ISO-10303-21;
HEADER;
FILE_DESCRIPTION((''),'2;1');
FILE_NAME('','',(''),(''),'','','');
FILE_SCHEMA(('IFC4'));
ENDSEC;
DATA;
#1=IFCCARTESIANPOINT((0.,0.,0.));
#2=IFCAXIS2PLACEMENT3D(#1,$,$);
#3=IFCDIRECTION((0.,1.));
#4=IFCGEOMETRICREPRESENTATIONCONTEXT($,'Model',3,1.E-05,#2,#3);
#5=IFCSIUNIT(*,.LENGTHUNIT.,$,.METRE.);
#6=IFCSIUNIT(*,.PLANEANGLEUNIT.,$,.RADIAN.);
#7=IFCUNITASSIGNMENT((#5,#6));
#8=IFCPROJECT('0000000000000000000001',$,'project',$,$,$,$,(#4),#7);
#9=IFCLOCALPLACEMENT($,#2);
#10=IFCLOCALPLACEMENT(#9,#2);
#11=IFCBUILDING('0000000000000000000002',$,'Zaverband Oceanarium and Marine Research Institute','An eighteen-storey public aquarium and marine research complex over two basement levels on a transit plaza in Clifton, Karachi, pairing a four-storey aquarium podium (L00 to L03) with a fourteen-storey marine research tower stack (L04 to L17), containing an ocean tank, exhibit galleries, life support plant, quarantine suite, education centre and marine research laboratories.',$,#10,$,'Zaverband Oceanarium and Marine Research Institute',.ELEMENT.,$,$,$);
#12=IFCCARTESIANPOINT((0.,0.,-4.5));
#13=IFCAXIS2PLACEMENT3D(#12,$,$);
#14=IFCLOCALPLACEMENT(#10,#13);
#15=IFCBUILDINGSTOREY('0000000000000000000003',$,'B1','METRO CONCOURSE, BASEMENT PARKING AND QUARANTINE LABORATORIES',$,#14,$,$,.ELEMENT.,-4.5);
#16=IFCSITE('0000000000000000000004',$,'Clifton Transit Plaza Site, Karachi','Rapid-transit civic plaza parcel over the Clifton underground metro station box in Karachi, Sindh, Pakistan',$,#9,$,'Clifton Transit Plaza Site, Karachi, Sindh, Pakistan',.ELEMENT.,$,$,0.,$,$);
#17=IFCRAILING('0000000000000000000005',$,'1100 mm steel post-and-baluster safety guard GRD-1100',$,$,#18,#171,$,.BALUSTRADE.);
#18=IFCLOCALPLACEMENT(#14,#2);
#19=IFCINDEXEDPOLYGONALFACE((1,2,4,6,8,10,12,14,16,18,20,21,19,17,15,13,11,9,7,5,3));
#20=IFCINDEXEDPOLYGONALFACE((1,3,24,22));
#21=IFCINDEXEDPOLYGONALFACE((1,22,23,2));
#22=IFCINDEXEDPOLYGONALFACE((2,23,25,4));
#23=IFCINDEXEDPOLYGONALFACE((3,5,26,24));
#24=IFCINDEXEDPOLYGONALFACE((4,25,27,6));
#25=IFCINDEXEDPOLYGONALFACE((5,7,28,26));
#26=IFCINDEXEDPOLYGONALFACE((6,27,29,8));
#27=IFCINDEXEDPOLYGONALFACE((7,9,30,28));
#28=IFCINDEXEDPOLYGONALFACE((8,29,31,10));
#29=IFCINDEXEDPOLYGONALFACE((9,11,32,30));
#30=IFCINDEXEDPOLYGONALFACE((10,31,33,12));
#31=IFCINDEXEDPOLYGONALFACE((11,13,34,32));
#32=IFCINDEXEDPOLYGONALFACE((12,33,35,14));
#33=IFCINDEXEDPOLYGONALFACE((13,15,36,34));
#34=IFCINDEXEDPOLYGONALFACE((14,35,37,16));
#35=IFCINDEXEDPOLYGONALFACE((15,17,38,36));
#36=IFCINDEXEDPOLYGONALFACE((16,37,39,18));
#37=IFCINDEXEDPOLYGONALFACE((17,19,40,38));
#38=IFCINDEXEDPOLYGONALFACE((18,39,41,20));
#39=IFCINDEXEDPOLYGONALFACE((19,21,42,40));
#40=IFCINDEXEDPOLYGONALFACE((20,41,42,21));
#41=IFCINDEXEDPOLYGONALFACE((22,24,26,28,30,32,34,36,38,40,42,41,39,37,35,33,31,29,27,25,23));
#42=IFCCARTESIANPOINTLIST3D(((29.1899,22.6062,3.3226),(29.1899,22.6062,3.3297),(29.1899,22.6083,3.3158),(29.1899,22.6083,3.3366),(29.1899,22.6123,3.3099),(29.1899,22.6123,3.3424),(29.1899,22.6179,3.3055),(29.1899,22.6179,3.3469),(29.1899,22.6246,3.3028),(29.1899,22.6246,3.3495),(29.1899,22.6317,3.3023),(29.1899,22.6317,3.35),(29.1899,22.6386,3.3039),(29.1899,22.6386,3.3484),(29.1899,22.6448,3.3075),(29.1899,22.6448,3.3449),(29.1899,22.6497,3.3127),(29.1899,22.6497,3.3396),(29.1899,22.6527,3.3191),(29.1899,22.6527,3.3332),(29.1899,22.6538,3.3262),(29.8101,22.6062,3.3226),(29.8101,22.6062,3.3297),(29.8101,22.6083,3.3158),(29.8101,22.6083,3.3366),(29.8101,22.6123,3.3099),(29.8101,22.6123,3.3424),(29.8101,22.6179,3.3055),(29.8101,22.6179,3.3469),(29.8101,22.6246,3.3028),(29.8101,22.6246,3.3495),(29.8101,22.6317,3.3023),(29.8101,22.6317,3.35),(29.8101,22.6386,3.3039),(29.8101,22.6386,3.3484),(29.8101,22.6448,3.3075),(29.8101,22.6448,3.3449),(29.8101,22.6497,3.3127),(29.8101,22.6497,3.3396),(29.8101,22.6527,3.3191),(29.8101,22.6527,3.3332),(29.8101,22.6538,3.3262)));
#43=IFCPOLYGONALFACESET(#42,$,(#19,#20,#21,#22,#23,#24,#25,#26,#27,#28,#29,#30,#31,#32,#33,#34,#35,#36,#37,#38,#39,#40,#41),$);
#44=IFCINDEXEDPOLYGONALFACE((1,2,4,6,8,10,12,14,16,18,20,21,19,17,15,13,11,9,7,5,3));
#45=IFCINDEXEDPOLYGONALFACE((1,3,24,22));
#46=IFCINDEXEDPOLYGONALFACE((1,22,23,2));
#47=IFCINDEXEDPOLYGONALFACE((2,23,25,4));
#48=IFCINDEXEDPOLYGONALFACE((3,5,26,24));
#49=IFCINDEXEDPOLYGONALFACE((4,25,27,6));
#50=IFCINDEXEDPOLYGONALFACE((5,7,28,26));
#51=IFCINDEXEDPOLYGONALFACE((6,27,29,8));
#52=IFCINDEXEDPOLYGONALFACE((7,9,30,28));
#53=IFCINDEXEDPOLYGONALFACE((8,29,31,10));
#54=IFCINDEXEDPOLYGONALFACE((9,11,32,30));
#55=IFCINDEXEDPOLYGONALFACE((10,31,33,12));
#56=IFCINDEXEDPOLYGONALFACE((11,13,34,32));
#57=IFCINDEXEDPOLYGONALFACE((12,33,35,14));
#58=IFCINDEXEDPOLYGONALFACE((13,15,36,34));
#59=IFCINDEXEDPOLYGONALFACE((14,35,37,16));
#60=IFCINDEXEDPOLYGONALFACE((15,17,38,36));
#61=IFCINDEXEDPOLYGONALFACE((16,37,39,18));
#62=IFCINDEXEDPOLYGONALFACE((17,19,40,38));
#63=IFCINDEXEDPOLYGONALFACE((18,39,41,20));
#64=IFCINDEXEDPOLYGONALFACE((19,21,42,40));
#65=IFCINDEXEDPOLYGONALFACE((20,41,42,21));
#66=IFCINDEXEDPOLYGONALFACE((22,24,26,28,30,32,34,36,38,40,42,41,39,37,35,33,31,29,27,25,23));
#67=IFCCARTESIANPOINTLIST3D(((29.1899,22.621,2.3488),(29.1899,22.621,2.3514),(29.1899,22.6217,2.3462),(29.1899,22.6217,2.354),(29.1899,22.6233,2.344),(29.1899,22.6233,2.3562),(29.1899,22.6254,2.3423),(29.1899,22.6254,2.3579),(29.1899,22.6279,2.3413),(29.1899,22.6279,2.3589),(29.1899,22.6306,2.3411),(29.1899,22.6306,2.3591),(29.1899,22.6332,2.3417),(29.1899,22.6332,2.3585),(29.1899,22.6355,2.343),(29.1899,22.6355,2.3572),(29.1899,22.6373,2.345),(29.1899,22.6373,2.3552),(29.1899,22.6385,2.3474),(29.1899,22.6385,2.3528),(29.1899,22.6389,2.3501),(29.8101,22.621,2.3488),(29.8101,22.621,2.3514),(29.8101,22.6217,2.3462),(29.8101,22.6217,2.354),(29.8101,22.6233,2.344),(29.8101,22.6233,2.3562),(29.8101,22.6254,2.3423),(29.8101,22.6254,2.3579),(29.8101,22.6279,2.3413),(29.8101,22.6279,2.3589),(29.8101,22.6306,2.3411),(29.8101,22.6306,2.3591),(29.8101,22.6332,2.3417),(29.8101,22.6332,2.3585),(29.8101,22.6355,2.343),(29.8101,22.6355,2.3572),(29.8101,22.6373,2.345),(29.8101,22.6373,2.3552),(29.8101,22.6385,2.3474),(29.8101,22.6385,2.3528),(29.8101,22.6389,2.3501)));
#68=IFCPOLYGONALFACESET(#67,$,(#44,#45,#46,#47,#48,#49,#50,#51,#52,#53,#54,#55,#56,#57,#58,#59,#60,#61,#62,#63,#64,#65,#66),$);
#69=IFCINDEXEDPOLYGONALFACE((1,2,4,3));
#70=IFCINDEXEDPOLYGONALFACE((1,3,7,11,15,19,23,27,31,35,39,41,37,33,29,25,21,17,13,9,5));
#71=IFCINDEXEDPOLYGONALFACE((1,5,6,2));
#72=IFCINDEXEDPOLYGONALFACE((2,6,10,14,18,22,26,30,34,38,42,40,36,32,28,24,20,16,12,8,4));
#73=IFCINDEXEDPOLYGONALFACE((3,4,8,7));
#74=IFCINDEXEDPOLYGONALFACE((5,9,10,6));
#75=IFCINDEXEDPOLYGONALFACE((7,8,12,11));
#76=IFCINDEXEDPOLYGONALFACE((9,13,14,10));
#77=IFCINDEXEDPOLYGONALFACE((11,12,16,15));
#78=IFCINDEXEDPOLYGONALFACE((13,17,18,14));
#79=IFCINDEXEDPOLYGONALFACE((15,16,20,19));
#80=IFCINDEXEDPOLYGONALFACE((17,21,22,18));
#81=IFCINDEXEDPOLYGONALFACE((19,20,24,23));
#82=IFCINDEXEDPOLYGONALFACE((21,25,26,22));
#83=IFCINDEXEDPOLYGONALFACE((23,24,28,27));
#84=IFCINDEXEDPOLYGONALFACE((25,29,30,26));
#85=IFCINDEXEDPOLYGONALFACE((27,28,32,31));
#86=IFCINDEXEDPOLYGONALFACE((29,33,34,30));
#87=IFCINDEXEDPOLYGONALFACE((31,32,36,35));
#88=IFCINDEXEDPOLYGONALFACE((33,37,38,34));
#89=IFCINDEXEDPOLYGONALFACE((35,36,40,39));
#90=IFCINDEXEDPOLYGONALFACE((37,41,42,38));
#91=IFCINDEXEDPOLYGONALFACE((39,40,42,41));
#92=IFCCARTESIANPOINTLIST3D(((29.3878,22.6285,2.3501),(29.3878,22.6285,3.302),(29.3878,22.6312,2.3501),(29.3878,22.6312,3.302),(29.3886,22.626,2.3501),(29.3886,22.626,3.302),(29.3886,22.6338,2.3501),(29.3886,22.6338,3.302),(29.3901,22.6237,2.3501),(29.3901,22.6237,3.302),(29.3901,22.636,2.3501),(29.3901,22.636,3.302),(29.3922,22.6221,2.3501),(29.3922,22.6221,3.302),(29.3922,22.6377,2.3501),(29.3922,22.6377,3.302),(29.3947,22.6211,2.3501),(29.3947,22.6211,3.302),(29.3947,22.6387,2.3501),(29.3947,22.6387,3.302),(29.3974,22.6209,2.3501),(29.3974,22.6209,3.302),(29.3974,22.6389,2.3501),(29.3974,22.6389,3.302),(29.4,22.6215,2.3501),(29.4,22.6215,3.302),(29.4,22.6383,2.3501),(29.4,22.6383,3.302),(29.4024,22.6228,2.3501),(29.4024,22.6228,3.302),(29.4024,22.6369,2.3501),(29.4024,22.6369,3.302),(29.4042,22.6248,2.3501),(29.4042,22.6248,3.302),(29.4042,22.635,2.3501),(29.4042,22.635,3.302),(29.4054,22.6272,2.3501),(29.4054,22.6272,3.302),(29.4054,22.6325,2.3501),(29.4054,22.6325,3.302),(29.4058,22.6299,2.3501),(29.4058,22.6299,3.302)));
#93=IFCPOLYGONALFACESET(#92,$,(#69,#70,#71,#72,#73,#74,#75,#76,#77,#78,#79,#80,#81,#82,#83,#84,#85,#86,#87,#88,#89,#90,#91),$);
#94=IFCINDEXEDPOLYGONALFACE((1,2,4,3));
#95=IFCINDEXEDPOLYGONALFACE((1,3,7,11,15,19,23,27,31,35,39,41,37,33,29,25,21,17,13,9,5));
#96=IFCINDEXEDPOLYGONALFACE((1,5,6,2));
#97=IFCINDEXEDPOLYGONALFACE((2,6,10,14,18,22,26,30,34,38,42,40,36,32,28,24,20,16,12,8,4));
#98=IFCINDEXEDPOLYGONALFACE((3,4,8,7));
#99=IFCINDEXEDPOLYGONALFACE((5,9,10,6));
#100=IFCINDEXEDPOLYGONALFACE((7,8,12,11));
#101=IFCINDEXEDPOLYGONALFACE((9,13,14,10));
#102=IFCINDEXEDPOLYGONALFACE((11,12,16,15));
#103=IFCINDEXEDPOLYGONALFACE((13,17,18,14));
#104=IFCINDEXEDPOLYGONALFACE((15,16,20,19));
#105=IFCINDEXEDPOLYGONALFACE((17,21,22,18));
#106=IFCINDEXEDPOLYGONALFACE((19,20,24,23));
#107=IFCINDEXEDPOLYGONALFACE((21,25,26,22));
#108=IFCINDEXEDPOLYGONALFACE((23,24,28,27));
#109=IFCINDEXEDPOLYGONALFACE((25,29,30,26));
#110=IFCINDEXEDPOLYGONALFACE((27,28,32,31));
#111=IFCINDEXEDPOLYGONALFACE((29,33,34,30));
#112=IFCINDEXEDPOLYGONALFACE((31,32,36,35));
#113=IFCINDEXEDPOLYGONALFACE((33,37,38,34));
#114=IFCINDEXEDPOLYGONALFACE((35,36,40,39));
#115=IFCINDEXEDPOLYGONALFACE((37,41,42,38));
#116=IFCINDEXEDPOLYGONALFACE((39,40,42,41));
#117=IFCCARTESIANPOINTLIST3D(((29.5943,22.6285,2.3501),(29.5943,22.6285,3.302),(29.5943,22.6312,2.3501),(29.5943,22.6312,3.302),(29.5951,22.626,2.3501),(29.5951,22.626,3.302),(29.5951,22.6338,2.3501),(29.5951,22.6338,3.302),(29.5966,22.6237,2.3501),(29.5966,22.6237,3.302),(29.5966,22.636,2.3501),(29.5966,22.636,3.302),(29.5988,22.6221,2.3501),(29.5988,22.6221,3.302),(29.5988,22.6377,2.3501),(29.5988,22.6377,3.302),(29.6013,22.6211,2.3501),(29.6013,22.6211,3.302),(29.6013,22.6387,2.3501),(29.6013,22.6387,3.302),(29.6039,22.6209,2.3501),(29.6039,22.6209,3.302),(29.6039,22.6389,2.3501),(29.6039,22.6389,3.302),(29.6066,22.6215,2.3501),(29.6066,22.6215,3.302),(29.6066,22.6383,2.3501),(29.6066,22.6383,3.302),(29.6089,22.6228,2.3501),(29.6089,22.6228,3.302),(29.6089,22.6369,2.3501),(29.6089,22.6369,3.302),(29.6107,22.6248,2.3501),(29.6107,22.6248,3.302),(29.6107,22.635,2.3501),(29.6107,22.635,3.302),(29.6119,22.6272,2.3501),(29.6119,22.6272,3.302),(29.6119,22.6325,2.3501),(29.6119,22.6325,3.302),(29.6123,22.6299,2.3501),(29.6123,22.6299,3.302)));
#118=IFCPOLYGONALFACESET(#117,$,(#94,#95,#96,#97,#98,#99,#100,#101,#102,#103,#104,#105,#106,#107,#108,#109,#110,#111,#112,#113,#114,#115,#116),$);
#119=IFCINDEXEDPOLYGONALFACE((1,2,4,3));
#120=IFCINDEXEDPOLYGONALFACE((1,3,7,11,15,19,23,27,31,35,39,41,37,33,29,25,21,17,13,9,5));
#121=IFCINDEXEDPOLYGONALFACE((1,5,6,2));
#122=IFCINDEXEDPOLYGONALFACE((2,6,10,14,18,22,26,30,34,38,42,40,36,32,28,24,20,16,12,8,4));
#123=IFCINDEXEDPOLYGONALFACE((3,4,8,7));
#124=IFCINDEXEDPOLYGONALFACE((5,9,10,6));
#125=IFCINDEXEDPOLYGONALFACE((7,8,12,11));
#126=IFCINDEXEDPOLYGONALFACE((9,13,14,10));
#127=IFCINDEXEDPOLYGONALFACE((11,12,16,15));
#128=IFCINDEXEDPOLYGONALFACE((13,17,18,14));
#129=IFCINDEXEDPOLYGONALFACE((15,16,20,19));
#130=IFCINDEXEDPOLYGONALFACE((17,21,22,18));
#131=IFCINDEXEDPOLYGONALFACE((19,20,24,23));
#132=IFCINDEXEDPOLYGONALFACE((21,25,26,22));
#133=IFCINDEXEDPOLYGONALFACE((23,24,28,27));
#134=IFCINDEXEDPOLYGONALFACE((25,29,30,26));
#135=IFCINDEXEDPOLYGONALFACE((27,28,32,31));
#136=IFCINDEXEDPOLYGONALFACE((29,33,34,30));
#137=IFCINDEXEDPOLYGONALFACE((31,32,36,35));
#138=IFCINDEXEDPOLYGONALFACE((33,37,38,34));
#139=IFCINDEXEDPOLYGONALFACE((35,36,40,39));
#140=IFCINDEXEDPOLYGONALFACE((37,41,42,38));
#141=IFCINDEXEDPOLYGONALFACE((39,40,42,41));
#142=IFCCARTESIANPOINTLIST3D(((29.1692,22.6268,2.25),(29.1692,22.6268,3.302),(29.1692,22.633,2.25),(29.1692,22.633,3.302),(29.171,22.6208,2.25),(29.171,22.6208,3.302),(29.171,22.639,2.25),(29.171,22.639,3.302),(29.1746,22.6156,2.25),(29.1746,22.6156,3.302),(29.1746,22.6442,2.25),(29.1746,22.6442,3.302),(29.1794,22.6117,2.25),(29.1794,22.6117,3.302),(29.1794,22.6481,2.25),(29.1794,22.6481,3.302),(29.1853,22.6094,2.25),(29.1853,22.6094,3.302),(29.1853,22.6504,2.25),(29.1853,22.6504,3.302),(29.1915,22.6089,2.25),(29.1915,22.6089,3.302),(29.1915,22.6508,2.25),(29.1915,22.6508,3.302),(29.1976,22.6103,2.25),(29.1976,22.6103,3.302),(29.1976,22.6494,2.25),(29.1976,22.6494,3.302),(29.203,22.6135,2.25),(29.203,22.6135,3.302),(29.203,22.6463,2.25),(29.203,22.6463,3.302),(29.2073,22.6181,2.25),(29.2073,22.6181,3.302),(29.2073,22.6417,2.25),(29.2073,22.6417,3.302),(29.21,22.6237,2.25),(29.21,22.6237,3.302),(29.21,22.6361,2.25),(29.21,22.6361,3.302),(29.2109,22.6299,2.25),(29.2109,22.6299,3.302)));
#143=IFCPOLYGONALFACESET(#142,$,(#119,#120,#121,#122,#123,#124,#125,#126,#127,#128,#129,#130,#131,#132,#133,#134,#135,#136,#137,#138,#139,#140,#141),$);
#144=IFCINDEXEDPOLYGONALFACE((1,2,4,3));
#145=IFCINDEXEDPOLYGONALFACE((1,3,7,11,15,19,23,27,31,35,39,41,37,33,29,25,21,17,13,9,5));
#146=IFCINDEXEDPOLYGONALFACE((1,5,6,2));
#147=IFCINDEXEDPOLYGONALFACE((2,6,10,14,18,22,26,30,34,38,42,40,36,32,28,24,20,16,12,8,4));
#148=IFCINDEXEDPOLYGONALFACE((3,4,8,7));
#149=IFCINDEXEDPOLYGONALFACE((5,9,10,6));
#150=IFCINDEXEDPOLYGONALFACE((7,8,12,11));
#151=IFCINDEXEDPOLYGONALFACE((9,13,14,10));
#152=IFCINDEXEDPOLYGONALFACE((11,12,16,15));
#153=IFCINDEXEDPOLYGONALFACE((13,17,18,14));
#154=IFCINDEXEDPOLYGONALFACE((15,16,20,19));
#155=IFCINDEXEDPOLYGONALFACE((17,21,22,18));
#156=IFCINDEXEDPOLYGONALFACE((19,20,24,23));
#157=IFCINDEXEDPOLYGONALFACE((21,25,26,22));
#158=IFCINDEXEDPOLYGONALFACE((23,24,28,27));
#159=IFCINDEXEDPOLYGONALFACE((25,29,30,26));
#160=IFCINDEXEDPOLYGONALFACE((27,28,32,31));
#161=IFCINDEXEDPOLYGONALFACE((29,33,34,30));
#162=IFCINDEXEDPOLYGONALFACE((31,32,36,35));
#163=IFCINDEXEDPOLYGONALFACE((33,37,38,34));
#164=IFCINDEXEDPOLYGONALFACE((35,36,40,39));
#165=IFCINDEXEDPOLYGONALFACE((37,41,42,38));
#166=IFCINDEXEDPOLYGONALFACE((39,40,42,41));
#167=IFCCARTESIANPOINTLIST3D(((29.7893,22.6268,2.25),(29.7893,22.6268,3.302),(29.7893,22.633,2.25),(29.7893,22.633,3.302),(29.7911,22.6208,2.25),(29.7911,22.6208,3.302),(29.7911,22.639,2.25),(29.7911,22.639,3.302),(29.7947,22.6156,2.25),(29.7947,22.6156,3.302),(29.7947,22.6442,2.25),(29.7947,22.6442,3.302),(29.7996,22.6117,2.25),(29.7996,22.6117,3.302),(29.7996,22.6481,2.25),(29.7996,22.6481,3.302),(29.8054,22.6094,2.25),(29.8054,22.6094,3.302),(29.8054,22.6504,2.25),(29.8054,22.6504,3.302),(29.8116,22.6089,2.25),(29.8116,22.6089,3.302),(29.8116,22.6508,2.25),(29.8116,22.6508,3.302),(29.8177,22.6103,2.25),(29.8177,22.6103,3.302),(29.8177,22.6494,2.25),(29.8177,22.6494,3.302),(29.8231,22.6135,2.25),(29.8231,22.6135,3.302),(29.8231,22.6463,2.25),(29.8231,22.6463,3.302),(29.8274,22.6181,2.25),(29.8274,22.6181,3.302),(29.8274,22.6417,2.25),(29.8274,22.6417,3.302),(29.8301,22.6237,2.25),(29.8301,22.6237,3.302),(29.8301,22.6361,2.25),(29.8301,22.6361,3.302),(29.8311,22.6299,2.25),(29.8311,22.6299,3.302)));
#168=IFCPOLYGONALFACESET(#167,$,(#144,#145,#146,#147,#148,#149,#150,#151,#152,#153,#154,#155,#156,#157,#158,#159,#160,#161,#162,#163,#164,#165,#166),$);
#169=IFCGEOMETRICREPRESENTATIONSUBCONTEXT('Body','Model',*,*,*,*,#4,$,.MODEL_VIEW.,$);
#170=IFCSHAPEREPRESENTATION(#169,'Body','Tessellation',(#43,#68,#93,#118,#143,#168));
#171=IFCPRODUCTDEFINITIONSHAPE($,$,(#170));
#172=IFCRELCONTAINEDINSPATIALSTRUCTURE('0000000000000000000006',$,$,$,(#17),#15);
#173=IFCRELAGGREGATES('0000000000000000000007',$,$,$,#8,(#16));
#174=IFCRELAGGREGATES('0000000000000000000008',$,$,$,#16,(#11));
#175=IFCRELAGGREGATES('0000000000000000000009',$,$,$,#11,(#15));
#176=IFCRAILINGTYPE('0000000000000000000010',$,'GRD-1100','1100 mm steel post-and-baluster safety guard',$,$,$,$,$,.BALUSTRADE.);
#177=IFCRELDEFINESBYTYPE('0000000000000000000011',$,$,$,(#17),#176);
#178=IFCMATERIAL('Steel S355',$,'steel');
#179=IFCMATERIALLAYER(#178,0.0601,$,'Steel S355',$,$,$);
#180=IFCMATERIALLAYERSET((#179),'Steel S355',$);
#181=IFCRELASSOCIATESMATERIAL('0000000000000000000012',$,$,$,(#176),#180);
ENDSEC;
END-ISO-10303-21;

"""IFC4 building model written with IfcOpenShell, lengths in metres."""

from ifc_helpers import new_model, si_unit, direction, frame, origin, origin_2d, place, context, subcontext, project, spatial, circle, extrude, material, layer, layer_set, type_object, element, save


model = new_model("IFC4")

# Units and contexts
model_context = context("Model", 3, precision=1e-05, world=origin(), true_north=direction((0.0, 1.0)))
body_context = subcontext(model_context, "Body", "Model", "MODEL_VIEW")
ifc_project = project(units=[si_unit("LENGTHUNIT", "METRE"), si_unit("PLANEANGLEUNIT", "RADIAN")], contexts=[model_context])

# Site, building, storey
site_placement = place(None, origin())
site = spatial("IfcSite", under=ifc_project, at=site_placement, Name="Clifton Transit Plaza Site, Karachi", Description="Rapid-transit civic plaza parcel over the Clifton underground metro station box in Karachi, Sindh, Pakistan", LongName="Clifton Transit Plaza Site, Karachi, Sindh, Pakistan", CompositionType="ELEMENT", RefElevation=0.0)
building_placement = place(site_placement, origin())
building = spatial("IfcBuilding", under=site, at=building_placement, Name="Zaverband Oceanarium and Marine Research Institute", Description="An eighteen-storey public aquarium and marine research complex over two basement levels on a transit plaza in Clifton, Karachi, pairing a four-storey aquarium podium (L00 to L03) with a fourteen-storey marine research tower stack (L04 to L17), containing an ocean tank, exhibit galleries, life support plant, quarantine suite, education centre and marine research laboratories.", LongName="Zaverband Oceanarium and Marine Research Institute", CompositionType="ELEMENT")
storey_placement = place(building_placement, frame((0.0, 0.0, -4.5)))
storey = spatial("IfcBuildingStorey", under=building, at=storey_placement, Name="B1", Description="METRO CONCOURSE, BASEMENT PARKING AND QUARANTINE LABORATORIES", CompositionType="ELEMENT", Elevation=-4.5)

# Shared definitions
ifc_material_1 = material(Name="Steel S355", Category="steel")

# Railing
ifc_layer_1 = layer(ifc_material_1, 0.0601, Name="Steel S355")
ifc_layer_set_1 = layer_set([ifc_layer_1], Name="Steel S355")
railing_type_1 = type_object("IfcRailingType", Name="GRD-1100", Description="1100 mm steel post-and-baluster safety guard", PredefinedType="BALUSTRADE", material=ifc_layer_set_1)
for number, where, name in (
    (1, (29.1899, 22.6299, 2.25), "1100 mm steel post-and-baluster safety guard GRD-1100"),
):
    element("IfcRailing", number, at=place(storey_placement, frame(where)), inside=storey, type_object=railing_type_1, Name=name, PredefinedType="BALUSTRADE", context=body_context, shape_type="SweptSolid", body=[
        extrude(circle(Radius=0.0239, at=origin_2d()), frame((0.0, 0.0, 1.0762), z_axis=(1.0, 0.0, 0.0), x_axis=(0.0, 1.0, 0.0)), (0.0, 0.0, 1.0), 0.6201),
        extrude(circle(Radius=0.009, at=origin_2d()), frame((0.0, 0.0, 0.1001), z_axis=(1.0, 0.0, 0.0), x_axis=(0.0, 1.0, 0.0)), (0.0, 0.0, 1.0), 0.6201),
        extrude(circle(Radius=0.009, at=origin_2d()), frame((0.2068, 0.0, 0.1001)), (0.0, 0.0, 1.0), 0.9519),
        extrude(circle(Radius=0.009, at=origin_2d()), frame((0.4133, 0.0, 0.1001)), (0.0, 0.0, 1.0), 0.9519),
        extrude(circle(Radius=0.021, at=origin_2d()), origin(), (0.0, 0.0, 1.0), 1.052),
        extrude(circle(Radius=0.021, at=origin_2d()), frame((0.6201, 0.0, 0.0)), (0.0, 0.0, 1.0), 1.052),
    ])

save(model, "model.ifc")
